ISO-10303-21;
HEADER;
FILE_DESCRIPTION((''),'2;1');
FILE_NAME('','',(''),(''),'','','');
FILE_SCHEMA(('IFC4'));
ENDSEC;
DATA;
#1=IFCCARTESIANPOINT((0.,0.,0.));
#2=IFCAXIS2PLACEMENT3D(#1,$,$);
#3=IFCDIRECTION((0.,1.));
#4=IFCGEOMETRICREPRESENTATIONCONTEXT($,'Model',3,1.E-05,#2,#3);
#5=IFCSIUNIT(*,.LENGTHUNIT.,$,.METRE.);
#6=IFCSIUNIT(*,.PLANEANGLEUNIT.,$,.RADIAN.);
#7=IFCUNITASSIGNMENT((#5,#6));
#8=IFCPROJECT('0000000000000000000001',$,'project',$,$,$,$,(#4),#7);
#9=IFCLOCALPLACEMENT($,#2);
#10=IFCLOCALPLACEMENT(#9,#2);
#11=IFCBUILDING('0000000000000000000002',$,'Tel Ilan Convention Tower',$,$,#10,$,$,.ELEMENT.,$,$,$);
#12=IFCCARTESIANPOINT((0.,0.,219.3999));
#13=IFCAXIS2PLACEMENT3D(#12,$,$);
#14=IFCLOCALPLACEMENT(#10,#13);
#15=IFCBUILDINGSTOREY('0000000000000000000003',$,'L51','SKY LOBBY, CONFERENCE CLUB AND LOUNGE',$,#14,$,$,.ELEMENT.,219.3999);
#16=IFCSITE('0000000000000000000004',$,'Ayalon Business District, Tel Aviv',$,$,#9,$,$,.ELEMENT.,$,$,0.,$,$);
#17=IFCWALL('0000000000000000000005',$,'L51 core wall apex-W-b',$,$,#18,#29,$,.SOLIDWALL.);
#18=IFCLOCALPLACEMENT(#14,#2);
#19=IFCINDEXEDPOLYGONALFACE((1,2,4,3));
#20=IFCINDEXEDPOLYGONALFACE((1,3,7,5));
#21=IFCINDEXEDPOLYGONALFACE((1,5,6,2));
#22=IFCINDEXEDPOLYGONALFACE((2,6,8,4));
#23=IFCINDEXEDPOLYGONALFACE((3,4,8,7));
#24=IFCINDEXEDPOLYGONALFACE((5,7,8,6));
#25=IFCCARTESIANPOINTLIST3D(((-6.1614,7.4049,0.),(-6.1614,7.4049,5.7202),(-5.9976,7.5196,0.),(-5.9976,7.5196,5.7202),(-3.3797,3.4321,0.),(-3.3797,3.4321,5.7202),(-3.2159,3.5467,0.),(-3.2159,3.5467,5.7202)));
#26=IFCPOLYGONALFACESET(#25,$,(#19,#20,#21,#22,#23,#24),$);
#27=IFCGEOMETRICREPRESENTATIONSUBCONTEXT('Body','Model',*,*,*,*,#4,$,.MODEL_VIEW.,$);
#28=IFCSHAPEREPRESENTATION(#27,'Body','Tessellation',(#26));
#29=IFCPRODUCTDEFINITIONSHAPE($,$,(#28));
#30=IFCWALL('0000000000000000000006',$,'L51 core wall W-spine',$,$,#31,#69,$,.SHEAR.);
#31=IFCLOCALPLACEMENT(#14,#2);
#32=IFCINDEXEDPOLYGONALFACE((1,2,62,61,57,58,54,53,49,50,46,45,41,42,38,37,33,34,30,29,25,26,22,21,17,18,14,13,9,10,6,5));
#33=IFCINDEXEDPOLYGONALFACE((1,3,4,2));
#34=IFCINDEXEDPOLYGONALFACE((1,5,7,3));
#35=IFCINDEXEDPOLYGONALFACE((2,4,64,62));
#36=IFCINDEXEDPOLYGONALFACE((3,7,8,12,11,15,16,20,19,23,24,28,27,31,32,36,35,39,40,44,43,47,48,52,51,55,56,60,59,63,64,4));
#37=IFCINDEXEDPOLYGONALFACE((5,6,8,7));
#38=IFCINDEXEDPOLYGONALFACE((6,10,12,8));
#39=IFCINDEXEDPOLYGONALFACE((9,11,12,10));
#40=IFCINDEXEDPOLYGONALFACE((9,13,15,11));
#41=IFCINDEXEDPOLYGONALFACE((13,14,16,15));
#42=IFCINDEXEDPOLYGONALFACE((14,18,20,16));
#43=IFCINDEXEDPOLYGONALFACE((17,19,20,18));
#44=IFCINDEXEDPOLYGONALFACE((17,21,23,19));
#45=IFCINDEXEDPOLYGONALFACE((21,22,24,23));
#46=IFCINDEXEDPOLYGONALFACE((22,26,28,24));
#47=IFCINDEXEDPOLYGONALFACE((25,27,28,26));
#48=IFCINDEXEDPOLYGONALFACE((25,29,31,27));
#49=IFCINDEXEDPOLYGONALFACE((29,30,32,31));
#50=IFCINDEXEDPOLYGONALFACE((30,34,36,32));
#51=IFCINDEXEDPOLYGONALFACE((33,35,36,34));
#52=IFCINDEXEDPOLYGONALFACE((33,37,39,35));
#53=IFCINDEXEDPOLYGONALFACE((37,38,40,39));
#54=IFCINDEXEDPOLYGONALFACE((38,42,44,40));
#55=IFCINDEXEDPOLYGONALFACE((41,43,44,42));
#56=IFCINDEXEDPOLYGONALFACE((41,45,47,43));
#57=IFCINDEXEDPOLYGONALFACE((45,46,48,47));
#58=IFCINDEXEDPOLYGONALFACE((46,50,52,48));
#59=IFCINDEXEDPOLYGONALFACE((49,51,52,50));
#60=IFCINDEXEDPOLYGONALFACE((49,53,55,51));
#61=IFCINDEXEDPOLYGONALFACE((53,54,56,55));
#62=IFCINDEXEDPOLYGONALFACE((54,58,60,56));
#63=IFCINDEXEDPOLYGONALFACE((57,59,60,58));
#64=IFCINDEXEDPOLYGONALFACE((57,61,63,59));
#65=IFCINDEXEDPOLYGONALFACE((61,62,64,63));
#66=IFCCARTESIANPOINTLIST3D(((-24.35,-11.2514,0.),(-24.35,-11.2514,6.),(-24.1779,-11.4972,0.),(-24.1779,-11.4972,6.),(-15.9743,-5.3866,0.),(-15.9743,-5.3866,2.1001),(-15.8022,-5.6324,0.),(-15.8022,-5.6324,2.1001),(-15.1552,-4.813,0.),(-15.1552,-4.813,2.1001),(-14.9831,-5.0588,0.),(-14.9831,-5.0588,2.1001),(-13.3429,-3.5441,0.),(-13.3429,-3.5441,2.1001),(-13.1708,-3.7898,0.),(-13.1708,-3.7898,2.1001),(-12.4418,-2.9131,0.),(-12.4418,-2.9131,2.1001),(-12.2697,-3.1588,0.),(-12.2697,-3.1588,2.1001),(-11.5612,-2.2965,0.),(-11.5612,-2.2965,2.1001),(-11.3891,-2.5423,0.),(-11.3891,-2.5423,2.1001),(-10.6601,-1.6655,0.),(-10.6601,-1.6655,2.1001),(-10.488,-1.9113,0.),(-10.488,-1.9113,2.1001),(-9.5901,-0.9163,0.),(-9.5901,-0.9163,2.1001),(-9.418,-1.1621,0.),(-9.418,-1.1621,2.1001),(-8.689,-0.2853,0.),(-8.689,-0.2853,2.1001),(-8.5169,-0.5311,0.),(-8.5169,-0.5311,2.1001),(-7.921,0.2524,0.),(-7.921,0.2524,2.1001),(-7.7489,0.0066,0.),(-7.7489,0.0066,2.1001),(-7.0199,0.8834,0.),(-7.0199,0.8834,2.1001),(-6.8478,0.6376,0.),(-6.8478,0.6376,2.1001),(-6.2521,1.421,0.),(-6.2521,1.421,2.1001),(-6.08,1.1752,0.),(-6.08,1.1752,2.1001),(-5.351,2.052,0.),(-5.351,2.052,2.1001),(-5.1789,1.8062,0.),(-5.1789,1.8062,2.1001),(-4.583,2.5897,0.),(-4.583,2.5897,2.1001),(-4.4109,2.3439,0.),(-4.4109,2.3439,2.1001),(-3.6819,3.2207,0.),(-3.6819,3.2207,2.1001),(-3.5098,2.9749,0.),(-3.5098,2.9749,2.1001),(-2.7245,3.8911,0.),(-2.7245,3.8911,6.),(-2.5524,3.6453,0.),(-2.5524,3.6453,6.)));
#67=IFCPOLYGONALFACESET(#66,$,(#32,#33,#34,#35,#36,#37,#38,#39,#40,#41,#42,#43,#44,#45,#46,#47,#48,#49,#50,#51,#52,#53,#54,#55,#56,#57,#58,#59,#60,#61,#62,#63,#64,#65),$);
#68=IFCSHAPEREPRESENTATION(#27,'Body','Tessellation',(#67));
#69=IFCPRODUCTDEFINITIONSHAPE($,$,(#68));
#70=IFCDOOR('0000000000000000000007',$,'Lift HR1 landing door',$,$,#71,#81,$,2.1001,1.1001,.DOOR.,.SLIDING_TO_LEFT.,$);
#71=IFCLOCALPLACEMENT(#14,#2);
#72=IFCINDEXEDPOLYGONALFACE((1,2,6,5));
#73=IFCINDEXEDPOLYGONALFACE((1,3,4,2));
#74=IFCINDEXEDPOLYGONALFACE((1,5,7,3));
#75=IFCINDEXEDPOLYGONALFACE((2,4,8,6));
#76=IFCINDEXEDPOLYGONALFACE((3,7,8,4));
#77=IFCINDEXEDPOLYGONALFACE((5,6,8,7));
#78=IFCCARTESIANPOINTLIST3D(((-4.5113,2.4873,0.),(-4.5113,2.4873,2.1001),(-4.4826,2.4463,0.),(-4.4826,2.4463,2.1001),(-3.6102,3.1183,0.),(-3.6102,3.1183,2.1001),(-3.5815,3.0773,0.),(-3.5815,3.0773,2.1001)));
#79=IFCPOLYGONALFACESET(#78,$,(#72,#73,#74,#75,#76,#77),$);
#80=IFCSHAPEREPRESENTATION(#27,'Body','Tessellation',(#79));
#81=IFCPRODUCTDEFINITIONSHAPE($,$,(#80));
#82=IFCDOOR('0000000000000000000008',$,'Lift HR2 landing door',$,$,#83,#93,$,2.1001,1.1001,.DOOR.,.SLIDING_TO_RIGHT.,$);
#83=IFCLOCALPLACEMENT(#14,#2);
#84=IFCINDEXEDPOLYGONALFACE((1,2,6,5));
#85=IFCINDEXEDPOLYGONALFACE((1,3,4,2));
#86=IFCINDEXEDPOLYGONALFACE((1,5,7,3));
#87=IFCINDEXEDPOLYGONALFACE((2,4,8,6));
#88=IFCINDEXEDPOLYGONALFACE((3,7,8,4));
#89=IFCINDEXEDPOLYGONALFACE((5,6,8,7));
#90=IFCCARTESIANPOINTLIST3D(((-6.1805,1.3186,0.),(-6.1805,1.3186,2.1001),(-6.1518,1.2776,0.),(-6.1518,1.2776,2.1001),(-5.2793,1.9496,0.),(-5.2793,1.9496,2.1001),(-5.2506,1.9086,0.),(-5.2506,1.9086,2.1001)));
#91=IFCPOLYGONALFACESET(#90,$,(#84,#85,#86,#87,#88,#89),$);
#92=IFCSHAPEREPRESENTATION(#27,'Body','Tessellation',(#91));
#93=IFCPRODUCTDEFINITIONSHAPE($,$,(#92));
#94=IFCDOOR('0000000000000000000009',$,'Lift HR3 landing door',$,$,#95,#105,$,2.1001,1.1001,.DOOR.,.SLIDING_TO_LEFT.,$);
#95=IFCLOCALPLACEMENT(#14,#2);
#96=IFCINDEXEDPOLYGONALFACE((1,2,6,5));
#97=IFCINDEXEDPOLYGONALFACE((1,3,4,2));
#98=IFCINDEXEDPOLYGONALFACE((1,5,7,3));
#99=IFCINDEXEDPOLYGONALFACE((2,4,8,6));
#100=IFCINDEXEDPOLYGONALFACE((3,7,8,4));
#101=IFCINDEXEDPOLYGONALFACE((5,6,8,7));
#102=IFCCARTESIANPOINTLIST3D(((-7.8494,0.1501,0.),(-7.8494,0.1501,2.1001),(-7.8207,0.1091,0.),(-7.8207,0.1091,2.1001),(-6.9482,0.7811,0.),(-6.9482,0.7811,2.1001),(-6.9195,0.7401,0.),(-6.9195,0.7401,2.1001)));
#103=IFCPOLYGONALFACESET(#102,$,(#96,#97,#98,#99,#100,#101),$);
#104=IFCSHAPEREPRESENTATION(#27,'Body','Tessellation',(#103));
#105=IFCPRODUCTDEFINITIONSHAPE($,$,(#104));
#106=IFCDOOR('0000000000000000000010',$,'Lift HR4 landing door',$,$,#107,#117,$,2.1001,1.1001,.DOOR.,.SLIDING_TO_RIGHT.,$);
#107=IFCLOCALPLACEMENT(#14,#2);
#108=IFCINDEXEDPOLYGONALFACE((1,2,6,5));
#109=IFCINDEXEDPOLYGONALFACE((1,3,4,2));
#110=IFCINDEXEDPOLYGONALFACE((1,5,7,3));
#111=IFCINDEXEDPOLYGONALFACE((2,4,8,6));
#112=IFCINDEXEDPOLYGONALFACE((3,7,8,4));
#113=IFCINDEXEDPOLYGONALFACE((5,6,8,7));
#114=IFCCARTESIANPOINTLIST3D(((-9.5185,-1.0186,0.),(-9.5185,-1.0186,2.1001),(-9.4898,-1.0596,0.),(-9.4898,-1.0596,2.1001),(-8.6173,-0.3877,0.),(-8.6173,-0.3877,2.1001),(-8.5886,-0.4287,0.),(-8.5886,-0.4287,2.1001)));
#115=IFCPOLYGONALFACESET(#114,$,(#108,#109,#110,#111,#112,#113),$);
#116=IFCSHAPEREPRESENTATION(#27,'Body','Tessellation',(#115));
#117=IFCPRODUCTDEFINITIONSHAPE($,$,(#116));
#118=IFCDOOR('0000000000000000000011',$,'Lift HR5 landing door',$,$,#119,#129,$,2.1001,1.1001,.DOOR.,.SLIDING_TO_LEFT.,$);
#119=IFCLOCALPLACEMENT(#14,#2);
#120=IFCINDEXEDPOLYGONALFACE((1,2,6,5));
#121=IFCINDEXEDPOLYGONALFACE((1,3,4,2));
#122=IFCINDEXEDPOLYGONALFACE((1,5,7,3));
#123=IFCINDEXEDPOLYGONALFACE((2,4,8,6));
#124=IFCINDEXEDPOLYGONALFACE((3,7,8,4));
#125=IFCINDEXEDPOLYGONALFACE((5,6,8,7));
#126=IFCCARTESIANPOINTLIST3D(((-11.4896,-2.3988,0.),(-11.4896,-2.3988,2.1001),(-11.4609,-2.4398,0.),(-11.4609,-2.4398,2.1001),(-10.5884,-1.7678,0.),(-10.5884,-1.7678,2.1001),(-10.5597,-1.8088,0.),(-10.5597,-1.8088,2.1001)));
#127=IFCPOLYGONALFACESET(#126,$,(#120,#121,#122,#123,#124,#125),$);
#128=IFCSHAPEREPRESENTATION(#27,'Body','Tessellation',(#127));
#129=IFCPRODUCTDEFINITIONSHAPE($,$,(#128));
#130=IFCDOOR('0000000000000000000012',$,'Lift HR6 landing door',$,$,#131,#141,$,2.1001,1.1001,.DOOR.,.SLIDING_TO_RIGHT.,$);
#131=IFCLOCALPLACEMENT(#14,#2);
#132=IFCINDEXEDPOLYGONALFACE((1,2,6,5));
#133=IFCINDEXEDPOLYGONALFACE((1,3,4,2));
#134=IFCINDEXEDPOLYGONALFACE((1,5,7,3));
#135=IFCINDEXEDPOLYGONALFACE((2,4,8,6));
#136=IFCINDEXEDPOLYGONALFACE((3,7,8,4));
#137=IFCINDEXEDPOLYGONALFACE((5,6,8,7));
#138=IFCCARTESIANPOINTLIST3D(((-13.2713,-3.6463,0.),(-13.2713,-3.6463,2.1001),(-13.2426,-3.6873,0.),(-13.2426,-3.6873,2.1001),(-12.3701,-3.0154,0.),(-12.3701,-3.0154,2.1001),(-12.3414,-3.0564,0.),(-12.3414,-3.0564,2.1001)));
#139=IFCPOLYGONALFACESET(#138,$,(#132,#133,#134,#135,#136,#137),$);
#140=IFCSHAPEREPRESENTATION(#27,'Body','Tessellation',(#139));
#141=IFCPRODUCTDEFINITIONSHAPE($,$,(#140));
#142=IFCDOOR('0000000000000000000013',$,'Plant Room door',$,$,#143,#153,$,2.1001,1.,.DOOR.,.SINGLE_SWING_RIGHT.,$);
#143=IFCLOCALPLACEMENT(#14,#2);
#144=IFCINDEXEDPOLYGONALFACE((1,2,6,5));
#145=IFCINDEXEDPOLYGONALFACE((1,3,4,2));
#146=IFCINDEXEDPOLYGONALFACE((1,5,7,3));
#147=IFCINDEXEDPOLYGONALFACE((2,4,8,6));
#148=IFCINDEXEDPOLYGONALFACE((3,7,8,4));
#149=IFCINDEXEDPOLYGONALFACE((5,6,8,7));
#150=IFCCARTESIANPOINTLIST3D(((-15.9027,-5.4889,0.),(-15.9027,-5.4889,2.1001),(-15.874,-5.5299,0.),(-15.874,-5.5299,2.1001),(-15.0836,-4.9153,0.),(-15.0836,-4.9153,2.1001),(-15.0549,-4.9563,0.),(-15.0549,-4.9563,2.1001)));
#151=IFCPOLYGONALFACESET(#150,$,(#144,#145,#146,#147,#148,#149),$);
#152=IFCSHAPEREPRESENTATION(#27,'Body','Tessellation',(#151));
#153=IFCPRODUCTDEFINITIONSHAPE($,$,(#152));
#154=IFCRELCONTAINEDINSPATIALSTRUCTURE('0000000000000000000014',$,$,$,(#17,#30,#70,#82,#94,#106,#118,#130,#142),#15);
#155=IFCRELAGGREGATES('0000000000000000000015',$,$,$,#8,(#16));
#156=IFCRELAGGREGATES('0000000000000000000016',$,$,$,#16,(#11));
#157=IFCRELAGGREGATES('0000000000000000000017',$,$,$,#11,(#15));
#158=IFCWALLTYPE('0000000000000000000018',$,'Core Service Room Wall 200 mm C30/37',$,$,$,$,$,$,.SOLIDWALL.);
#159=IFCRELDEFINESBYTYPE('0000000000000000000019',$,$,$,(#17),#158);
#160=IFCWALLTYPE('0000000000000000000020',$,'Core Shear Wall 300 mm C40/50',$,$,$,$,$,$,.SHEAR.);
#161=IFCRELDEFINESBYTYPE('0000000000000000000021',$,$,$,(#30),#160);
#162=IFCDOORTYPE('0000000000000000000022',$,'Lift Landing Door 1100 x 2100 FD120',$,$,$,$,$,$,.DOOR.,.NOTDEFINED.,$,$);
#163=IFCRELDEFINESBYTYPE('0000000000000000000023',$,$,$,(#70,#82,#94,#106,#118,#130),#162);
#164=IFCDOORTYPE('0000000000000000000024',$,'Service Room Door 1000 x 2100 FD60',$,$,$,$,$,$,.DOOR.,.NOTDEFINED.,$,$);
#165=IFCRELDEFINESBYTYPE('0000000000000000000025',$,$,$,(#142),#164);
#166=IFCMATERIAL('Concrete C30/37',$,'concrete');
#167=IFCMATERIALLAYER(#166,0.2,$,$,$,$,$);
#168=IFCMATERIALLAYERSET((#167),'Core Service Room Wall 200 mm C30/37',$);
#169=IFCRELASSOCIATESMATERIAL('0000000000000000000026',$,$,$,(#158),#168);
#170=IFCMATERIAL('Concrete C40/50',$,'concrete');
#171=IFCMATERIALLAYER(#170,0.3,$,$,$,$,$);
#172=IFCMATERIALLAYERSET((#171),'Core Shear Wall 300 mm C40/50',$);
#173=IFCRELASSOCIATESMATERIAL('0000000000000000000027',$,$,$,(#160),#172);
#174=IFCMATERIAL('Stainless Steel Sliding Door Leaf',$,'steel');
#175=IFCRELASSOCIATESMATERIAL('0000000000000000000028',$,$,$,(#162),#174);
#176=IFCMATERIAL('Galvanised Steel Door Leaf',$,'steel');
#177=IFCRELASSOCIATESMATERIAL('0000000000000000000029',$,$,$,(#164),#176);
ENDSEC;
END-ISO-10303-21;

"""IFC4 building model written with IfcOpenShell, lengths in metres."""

from ifc_helpers import new_model, si_unit, direction, frame, frame_2d, origin, place, context, subcontext, project, spatial, polyline, rectangle, outline, extrude, material, layer, layer_set, type_object, element, fill, save


model = new_model("IFC4")

# Units and contexts
model_context = context("Model", 3, precision=1e-05, world=origin(), true_north=direction((0.0, 1.0)))
body_context = subcontext(model_context, "Body", "Model", "MODEL_VIEW")
ifc_project = project(units=[si_unit("LENGTHUNIT", "METRE"), si_unit("PLANEANGLEUNIT", "RADIAN")], contexts=[model_context])

# Site, building, storey
site_placement = place(None, origin())
site = spatial("IfcSite", under=ifc_project, at=site_placement, Name="Ayalon Business District, Tel Aviv", CompositionType="ELEMENT", RefElevation=0.0)
building_placement = place(site_placement, origin())
building = spatial("IfcBuilding", under=site, at=building_placement, Name="Tel Ilan Convention Tower", CompositionType="ELEMENT")
storey_placement = place(building_placement, frame((0.0, 0.0, 219.3999)))
storey = spatial("IfcBuildingStorey", under=building, at=storey_placement, Name="L51", Description="SKY LOBBY, CONFERENCE CLUB AND LOUNGE", CompositionType="ELEMENT", Elevation=219.3999)

# Wall
ifc_material_1 = material(Name="Concrete C30/37", Category="concrete")
ifc_layer_1 = layer(ifc_material_1, 0.2)
ifc_layer_set_1 = layer_set([ifc_layer_1], Name="Core Service Room Wall 200 mm C30/37")
wall_type_1 = type_object("IfcWallType", Name="Core Service Room Wall 200 mm C30/37", PredefinedType="SOLIDWALL", material=ifc_layer_set_1)
wall_1_placement = place(storey_placement, frame((-3.2979, 3.4895, 0.0), z_axis=(0.0, 0.0, 1.0), x_axis=(-0.57356, 0.819163, 0.0)))
element("IfcWall", 1, at=wall_1_placement, inside=storey, type_object=wall_type_1, Name="L51 core wall apex-W-b", PredefinedType="SOLIDWALL", context=body_context, shape_type="SweptSolid", body=[
    extrude(rectangle(XDim=4.8499, YDim=0.2, at=frame_2d((2.4248, 0.0))), origin(), (0.0, 0.0, 1.0), 5.7202),
])

# Wall, openings, doors
ifc_material_2 = material(Name="Concrete C40/50", Category="concrete")
ifc_layer_2 = layer(ifc_material_2, 0.3)
ifc_layer_set_2 = layer_set([ifc_layer_2], Name="Core Shear Wall 300 mm C40/50")
wall_type_2 = type_object("IfcWallType", Name="Core Shear Wall 300 mm C40/50", PredefinedType="SHEAR", material=ifc_layer_set_2)
wall_2_placement = place(storey_placement, frame((-2.6384, 3.7681, 0.0), z_axis=(0.0, 0.0, 1.0), x_axis=(-0.819155, -0.573572, 0.0)))
wall_2 = element("IfcWall", 2, at=wall_2_placement, inside=storey, type_object=wall_type_2, Name="L51 core wall W-spine", PredefinedType="SHEAR", context=body_context, shape_type="SweptSolid", body=[
    extrude(outline(polyline([(26.3999, 0.1501), (0.0, 0.1499), (0.0, -0.1501), (26.3999, -0.1499), (26.3999, 0.1501)])), origin(), (0.0, 0.0, 1.0), 6.0),
])
opening_1_placement = place(wall_2_placement, frame((1.1687, 0.0, 0.0)))
opening_1 = element("IfcOpeningElement", 3, at=opening_1_placement, cuts=wall_2, PredefinedType="OPENING", context=body_context, shape_type="SweptSolid", body=[
    extrude(rectangle(XDim=1.1001, YDim=2.1001, at=frame_2d((0.55, 1.05))), frame((0.0, 0.1599, 0.0), z_axis=(0.0, -1.0, 0.0), x_axis=(1.0, 0.0, 0.0)), (0.0, 0.0, 1.0), 0.3201),
])
opening_2_placement = place(wall_2_placement, frame((3.2063, 0.0, 0.0)))
opening_2 = element("IfcOpeningElement", 4, at=opening_2_placement, cuts=wall_2, PredefinedType="OPENING", context=body_context, shape_type="SweptSolid", body=[
    extrude(rectangle(XDim=1.1001, YDim=2.1001, at=frame_2d((0.55, 1.05))), frame((0.0, 0.1599, 0.0), z_axis=(0.0, -1.0, 0.0), x_axis=(1.0, 0.0, 0.0)), (0.0, 0.0, 1.0), 0.3201),
])
opening_3_placement = place(wall_2_placement, frame((5.2437, 0.0, 0.0)))
opening_3 = element("IfcOpeningElement", 5, at=opening_3_placement, cuts=wall_2, PredefinedType="OPENING", context=body_context, shape_type="SweptSolid", body=[
    extrude(rectangle(XDim=1.1001, YDim=2.1001, at=frame_2d((0.55, 1.05))), frame((0.0, 0.1599, 0.0), z_axis=(0.0, -1.0, 0.0), x_axis=(1.0, 0.0, 0.0)), (0.0, 0.0, 1.0), 0.3201),
])
opening_4_placement = place(wall_2_placement, frame((7.2812, 0.0, 0.0)))
opening_4 = element("IfcOpeningElement", 6, at=opening_4_placement, cuts=wall_2, PredefinedType="OPENING", context=body_context, shape_type="SweptSolid", body=[
    extrude(rectangle(XDim=1.1001, YDim=2.1001, at=frame_2d((0.55, 1.05))), frame((0.0, 0.1599, 0.0), z_axis=(0.0, -1.0, 0.0), x_axis=(1.0, 0.0, 0.0)), (0.0, 0.0, 1.0), 0.3201),
])
opening_5_placement = place(wall_2_placement, frame((9.6875, 0.0, 0.0)))
opening_5 = element("IfcOpeningElement", 7, at=opening_5_placement, cuts=wall_2, PredefinedType="OPENING", context=body_context, shape_type="SweptSolid", body=[
    extrude(rectangle(XDim=1.1001, YDim=2.1001, at=frame_2d((0.55, 1.05))), frame((0.0, 0.1599, 0.0), z_axis=(0.0, -1.0, 0.0), x_axis=(1.0, 0.0, 0.0)), (0.0, 0.0, 1.0), 0.3201),
])
opening_6_placement = place(wall_2_placement, frame((11.8625, 0.0, 0.0)))
opening_6 = element("IfcOpeningElement", 8, at=opening_6_placement, cuts=wall_2, PredefinedType="OPENING", context=body_context, shape_type="SweptSolid", body=[
    extrude(rectangle(XDim=1.1001, YDim=2.1001, at=frame_2d((0.55, 1.05))), frame((0.0, 0.1599, 0.0), z_axis=(0.0, -1.0, 0.0), x_axis=(1.0, 0.0, 0.0)), (0.0, 0.0, 1.0), 0.3201),
])
opening_7_placement = place(wall_2_placement, frame((15.175, 0.0, 0.0)))
opening_7 = element("IfcOpeningElement", 9, at=opening_7_placement, cuts=wall_2, PredefinedType="OPENING", context=body_context, shape_type="SweptSolid", body=[
    extrude(rectangle(XDim=1.0, YDim=2.1001, at=frame_2d((0.5, 1.05))), frame((0.0, 0.1599, 0.0), z_axis=(0.0, -1.0, 0.0), x_axis=(1.0, 0.0, 0.0)), (0.0, 0.0, 1.0), 0.3201),
])
ifc_material_3 = material(Name="Stainless Steel Sliding Door Leaf", Category="steel")
door_type_1 = type_object("IfcDoorType", Name="Lift Landing Door 1100 x 2100 FD120", OperationType="NOTDEFINED", PredefinedType="DOOR", material=ifc_material_3)
door_1_placement = place(opening_1_placement, origin())
door_1 = element("IfcDoor", 10, at=door_1_placement, inside=storey, type_object=door_type_1, Name="Lift HR1 landing door", OperationType="SLIDING_TO_LEFT", OverallHeight=2.1001, OverallWidth=1.1001, PredefinedType="DOOR", context=body_context, shape_type="SweptSolid", body=[
    extrude(rectangle(XDim=1.1001, YDim=2.1001, at=frame_2d((0.55, 1.05))), frame((0.0, 0.0249, 0.0), z_axis=(0.0, -1.0, 0.0), x_axis=(1.0, 0.0, 0.0)), (0.0, 0.0, 1.0), 0.05),
])
fill(opening_1, door_1)
door_2_placement = place(opening_2_placement, origin())
door_2 = element("IfcDoor", 11, at=door_2_placement, inside=storey, type_object=door_type_1, Name="Lift HR2 landing door", OperationType="SLIDING_TO_RIGHT", OverallHeight=2.1001, OverallWidth=1.1001, PredefinedType="DOOR", context=body_context, shape_type="SweptSolid", body=[
    extrude(rectangle(XDim=1.1001, YDim=2.1001, at=frame_2d((0.55, 1.05))), frame((0.0, 0.0249, 0.0), z_axis=(0.0, -1.0, 0.0), x_axis=(1.0, 0.0, 0.0)), (0.0, 0.0, 1.0), 0.05),
])
fill(opening_2, door_2)
door_3_placement = place(opening_3_placement, origin())
door_3 = element("IfcDoor", 12, at=door_3_placement, inside=storey, type_object=door_type_1, Name="Lift HR3 landing door", OperationType="SLIDING_TO_LEFT", OverallHeight=2.1001, OverallWidth=1.1001, PredefinedType="DOOR", context=body_context, shape_type="SweptSolid", body=[
    extrude(rectangle(XDim=1.1001, YDim=2.1001, at=frame_2d((0.55, 1.05))), frame((0.0, 0.0249, 0.0), z_axis=(0.0, -1.0, 0.0), x_axis=(1.0, 0.0, 0.0)), (0.0, 0.0, 1.0), 0.05),
])
fill(opening_3, door_3)
door_4_placement = place(opening_4_placement, origin())
door_4 = element("IfcDoor", 13, at=door_4_placement, inside=storey, type_object=door_type_1, Name="Lift HR4 landing door", OperationType="SLIDING_TO_RIGHT", OverallHeight=2.1001, OverallWidth=1.1001, PredefinedType="DOOR", context=body_context, shape_type="SweptSolid", body=[
    extrude(rectangle(XDim=1.1001, YDim=2.1001, at=frame_2d((0.55, 1.05))), frame((0.0, 0.0249, 0.0), z_axis=(0.0, -1.0, 0.0), x_axis=(1.0, 0.0, 0.0)), (0.0, 0.0, 1.0), 0.05),
])
fill(opening_4, door_4)
door_5_placement = place(opening_5_placement, origin())
door_5 = element("IfcDoor", 14, at=door_5_placement, inside=storey, type_object=door_type_1, Name="Lift HR5 landing door", OperationType="SLIDING_TO_LEFT", OverallHeight=2.1001, OverallWidth=1.1001, PredefinedType="DOOR", context=body_context, shape_type="SweptSolid", body=[
    extrude(rectangle(XDim=1.1001, YDim=2.1001, at=frame_2d((0.55, 1.05))), frame((0.0, 0.0249, 0.0), z_axis=(0.0, -1.0, 0.0), x_axis=(1.0, 0.0, 0.0)), (0.0, 0.0, 1.0), 0.05),
])
fill(opening_5, door_5)
door_6_placement = place(opening_6_placement, origin())
door_6 = element("IfcDoor", 15, at=door_6_placement, inside=storey, type_object=door_type_1, Name="Lift HR6 landing door", OperationType="SLIDING_TO_RIGHT", OverallHeight=2.1001, OverallWidth=1.1001, PredefinedType="DOOR", context=body_context, shape_type="SweptSolid", body=[
    extrude(rectangle(XDim=1.1001, YDim=2.1001, at=frame_2d((0.55, 1.05))), frame((0.0, 0.0249, 0.0), z_axis=(0.0, -1.0, 0.0), x_axis=(1.0, 0.0, 0.0)), (0.0, 0.0, 1.0), 0.05),
])
fill(opening_6, door_6)
ifc_material_4 = material(Name="Galvanised Steel Door Leaf", Category="steel")
door_type_2 = type_object("IfcDoorType", Name="Service Room Door 1000 x 2100 FD60", OperationType="NOTDEFINED", PredefinedType="DOOR", material=ifc_material_4)
door_7_placement = place(opening_7_placement, origin())
door_7 = element("IfcDoor", 16, at=door_7_placement, inside=storey, type_object=door_type_2, Name="Plant Room door", OperationType="SINGLE_SWING_RIGHT", OverallHeight=2.1001, OverallWidth=1.0, PredefinedType="DOOR", context=body_context, shape_type="SweptSolid", body=[
    extrude(rectangle(XDim=1.0, YDim=2.1001, at=frame_2d((0.5, 1.05))), frame((0.0, 0.0249, 0.0), z_axis=(0.0, -1.0, 0.0), x_axis=(1.0, 0.0, 0.0)), (0.0, 0.0, 1.0), 0.05),
])
fill(opening_7, door_7)

save(model, "model.ifc")
